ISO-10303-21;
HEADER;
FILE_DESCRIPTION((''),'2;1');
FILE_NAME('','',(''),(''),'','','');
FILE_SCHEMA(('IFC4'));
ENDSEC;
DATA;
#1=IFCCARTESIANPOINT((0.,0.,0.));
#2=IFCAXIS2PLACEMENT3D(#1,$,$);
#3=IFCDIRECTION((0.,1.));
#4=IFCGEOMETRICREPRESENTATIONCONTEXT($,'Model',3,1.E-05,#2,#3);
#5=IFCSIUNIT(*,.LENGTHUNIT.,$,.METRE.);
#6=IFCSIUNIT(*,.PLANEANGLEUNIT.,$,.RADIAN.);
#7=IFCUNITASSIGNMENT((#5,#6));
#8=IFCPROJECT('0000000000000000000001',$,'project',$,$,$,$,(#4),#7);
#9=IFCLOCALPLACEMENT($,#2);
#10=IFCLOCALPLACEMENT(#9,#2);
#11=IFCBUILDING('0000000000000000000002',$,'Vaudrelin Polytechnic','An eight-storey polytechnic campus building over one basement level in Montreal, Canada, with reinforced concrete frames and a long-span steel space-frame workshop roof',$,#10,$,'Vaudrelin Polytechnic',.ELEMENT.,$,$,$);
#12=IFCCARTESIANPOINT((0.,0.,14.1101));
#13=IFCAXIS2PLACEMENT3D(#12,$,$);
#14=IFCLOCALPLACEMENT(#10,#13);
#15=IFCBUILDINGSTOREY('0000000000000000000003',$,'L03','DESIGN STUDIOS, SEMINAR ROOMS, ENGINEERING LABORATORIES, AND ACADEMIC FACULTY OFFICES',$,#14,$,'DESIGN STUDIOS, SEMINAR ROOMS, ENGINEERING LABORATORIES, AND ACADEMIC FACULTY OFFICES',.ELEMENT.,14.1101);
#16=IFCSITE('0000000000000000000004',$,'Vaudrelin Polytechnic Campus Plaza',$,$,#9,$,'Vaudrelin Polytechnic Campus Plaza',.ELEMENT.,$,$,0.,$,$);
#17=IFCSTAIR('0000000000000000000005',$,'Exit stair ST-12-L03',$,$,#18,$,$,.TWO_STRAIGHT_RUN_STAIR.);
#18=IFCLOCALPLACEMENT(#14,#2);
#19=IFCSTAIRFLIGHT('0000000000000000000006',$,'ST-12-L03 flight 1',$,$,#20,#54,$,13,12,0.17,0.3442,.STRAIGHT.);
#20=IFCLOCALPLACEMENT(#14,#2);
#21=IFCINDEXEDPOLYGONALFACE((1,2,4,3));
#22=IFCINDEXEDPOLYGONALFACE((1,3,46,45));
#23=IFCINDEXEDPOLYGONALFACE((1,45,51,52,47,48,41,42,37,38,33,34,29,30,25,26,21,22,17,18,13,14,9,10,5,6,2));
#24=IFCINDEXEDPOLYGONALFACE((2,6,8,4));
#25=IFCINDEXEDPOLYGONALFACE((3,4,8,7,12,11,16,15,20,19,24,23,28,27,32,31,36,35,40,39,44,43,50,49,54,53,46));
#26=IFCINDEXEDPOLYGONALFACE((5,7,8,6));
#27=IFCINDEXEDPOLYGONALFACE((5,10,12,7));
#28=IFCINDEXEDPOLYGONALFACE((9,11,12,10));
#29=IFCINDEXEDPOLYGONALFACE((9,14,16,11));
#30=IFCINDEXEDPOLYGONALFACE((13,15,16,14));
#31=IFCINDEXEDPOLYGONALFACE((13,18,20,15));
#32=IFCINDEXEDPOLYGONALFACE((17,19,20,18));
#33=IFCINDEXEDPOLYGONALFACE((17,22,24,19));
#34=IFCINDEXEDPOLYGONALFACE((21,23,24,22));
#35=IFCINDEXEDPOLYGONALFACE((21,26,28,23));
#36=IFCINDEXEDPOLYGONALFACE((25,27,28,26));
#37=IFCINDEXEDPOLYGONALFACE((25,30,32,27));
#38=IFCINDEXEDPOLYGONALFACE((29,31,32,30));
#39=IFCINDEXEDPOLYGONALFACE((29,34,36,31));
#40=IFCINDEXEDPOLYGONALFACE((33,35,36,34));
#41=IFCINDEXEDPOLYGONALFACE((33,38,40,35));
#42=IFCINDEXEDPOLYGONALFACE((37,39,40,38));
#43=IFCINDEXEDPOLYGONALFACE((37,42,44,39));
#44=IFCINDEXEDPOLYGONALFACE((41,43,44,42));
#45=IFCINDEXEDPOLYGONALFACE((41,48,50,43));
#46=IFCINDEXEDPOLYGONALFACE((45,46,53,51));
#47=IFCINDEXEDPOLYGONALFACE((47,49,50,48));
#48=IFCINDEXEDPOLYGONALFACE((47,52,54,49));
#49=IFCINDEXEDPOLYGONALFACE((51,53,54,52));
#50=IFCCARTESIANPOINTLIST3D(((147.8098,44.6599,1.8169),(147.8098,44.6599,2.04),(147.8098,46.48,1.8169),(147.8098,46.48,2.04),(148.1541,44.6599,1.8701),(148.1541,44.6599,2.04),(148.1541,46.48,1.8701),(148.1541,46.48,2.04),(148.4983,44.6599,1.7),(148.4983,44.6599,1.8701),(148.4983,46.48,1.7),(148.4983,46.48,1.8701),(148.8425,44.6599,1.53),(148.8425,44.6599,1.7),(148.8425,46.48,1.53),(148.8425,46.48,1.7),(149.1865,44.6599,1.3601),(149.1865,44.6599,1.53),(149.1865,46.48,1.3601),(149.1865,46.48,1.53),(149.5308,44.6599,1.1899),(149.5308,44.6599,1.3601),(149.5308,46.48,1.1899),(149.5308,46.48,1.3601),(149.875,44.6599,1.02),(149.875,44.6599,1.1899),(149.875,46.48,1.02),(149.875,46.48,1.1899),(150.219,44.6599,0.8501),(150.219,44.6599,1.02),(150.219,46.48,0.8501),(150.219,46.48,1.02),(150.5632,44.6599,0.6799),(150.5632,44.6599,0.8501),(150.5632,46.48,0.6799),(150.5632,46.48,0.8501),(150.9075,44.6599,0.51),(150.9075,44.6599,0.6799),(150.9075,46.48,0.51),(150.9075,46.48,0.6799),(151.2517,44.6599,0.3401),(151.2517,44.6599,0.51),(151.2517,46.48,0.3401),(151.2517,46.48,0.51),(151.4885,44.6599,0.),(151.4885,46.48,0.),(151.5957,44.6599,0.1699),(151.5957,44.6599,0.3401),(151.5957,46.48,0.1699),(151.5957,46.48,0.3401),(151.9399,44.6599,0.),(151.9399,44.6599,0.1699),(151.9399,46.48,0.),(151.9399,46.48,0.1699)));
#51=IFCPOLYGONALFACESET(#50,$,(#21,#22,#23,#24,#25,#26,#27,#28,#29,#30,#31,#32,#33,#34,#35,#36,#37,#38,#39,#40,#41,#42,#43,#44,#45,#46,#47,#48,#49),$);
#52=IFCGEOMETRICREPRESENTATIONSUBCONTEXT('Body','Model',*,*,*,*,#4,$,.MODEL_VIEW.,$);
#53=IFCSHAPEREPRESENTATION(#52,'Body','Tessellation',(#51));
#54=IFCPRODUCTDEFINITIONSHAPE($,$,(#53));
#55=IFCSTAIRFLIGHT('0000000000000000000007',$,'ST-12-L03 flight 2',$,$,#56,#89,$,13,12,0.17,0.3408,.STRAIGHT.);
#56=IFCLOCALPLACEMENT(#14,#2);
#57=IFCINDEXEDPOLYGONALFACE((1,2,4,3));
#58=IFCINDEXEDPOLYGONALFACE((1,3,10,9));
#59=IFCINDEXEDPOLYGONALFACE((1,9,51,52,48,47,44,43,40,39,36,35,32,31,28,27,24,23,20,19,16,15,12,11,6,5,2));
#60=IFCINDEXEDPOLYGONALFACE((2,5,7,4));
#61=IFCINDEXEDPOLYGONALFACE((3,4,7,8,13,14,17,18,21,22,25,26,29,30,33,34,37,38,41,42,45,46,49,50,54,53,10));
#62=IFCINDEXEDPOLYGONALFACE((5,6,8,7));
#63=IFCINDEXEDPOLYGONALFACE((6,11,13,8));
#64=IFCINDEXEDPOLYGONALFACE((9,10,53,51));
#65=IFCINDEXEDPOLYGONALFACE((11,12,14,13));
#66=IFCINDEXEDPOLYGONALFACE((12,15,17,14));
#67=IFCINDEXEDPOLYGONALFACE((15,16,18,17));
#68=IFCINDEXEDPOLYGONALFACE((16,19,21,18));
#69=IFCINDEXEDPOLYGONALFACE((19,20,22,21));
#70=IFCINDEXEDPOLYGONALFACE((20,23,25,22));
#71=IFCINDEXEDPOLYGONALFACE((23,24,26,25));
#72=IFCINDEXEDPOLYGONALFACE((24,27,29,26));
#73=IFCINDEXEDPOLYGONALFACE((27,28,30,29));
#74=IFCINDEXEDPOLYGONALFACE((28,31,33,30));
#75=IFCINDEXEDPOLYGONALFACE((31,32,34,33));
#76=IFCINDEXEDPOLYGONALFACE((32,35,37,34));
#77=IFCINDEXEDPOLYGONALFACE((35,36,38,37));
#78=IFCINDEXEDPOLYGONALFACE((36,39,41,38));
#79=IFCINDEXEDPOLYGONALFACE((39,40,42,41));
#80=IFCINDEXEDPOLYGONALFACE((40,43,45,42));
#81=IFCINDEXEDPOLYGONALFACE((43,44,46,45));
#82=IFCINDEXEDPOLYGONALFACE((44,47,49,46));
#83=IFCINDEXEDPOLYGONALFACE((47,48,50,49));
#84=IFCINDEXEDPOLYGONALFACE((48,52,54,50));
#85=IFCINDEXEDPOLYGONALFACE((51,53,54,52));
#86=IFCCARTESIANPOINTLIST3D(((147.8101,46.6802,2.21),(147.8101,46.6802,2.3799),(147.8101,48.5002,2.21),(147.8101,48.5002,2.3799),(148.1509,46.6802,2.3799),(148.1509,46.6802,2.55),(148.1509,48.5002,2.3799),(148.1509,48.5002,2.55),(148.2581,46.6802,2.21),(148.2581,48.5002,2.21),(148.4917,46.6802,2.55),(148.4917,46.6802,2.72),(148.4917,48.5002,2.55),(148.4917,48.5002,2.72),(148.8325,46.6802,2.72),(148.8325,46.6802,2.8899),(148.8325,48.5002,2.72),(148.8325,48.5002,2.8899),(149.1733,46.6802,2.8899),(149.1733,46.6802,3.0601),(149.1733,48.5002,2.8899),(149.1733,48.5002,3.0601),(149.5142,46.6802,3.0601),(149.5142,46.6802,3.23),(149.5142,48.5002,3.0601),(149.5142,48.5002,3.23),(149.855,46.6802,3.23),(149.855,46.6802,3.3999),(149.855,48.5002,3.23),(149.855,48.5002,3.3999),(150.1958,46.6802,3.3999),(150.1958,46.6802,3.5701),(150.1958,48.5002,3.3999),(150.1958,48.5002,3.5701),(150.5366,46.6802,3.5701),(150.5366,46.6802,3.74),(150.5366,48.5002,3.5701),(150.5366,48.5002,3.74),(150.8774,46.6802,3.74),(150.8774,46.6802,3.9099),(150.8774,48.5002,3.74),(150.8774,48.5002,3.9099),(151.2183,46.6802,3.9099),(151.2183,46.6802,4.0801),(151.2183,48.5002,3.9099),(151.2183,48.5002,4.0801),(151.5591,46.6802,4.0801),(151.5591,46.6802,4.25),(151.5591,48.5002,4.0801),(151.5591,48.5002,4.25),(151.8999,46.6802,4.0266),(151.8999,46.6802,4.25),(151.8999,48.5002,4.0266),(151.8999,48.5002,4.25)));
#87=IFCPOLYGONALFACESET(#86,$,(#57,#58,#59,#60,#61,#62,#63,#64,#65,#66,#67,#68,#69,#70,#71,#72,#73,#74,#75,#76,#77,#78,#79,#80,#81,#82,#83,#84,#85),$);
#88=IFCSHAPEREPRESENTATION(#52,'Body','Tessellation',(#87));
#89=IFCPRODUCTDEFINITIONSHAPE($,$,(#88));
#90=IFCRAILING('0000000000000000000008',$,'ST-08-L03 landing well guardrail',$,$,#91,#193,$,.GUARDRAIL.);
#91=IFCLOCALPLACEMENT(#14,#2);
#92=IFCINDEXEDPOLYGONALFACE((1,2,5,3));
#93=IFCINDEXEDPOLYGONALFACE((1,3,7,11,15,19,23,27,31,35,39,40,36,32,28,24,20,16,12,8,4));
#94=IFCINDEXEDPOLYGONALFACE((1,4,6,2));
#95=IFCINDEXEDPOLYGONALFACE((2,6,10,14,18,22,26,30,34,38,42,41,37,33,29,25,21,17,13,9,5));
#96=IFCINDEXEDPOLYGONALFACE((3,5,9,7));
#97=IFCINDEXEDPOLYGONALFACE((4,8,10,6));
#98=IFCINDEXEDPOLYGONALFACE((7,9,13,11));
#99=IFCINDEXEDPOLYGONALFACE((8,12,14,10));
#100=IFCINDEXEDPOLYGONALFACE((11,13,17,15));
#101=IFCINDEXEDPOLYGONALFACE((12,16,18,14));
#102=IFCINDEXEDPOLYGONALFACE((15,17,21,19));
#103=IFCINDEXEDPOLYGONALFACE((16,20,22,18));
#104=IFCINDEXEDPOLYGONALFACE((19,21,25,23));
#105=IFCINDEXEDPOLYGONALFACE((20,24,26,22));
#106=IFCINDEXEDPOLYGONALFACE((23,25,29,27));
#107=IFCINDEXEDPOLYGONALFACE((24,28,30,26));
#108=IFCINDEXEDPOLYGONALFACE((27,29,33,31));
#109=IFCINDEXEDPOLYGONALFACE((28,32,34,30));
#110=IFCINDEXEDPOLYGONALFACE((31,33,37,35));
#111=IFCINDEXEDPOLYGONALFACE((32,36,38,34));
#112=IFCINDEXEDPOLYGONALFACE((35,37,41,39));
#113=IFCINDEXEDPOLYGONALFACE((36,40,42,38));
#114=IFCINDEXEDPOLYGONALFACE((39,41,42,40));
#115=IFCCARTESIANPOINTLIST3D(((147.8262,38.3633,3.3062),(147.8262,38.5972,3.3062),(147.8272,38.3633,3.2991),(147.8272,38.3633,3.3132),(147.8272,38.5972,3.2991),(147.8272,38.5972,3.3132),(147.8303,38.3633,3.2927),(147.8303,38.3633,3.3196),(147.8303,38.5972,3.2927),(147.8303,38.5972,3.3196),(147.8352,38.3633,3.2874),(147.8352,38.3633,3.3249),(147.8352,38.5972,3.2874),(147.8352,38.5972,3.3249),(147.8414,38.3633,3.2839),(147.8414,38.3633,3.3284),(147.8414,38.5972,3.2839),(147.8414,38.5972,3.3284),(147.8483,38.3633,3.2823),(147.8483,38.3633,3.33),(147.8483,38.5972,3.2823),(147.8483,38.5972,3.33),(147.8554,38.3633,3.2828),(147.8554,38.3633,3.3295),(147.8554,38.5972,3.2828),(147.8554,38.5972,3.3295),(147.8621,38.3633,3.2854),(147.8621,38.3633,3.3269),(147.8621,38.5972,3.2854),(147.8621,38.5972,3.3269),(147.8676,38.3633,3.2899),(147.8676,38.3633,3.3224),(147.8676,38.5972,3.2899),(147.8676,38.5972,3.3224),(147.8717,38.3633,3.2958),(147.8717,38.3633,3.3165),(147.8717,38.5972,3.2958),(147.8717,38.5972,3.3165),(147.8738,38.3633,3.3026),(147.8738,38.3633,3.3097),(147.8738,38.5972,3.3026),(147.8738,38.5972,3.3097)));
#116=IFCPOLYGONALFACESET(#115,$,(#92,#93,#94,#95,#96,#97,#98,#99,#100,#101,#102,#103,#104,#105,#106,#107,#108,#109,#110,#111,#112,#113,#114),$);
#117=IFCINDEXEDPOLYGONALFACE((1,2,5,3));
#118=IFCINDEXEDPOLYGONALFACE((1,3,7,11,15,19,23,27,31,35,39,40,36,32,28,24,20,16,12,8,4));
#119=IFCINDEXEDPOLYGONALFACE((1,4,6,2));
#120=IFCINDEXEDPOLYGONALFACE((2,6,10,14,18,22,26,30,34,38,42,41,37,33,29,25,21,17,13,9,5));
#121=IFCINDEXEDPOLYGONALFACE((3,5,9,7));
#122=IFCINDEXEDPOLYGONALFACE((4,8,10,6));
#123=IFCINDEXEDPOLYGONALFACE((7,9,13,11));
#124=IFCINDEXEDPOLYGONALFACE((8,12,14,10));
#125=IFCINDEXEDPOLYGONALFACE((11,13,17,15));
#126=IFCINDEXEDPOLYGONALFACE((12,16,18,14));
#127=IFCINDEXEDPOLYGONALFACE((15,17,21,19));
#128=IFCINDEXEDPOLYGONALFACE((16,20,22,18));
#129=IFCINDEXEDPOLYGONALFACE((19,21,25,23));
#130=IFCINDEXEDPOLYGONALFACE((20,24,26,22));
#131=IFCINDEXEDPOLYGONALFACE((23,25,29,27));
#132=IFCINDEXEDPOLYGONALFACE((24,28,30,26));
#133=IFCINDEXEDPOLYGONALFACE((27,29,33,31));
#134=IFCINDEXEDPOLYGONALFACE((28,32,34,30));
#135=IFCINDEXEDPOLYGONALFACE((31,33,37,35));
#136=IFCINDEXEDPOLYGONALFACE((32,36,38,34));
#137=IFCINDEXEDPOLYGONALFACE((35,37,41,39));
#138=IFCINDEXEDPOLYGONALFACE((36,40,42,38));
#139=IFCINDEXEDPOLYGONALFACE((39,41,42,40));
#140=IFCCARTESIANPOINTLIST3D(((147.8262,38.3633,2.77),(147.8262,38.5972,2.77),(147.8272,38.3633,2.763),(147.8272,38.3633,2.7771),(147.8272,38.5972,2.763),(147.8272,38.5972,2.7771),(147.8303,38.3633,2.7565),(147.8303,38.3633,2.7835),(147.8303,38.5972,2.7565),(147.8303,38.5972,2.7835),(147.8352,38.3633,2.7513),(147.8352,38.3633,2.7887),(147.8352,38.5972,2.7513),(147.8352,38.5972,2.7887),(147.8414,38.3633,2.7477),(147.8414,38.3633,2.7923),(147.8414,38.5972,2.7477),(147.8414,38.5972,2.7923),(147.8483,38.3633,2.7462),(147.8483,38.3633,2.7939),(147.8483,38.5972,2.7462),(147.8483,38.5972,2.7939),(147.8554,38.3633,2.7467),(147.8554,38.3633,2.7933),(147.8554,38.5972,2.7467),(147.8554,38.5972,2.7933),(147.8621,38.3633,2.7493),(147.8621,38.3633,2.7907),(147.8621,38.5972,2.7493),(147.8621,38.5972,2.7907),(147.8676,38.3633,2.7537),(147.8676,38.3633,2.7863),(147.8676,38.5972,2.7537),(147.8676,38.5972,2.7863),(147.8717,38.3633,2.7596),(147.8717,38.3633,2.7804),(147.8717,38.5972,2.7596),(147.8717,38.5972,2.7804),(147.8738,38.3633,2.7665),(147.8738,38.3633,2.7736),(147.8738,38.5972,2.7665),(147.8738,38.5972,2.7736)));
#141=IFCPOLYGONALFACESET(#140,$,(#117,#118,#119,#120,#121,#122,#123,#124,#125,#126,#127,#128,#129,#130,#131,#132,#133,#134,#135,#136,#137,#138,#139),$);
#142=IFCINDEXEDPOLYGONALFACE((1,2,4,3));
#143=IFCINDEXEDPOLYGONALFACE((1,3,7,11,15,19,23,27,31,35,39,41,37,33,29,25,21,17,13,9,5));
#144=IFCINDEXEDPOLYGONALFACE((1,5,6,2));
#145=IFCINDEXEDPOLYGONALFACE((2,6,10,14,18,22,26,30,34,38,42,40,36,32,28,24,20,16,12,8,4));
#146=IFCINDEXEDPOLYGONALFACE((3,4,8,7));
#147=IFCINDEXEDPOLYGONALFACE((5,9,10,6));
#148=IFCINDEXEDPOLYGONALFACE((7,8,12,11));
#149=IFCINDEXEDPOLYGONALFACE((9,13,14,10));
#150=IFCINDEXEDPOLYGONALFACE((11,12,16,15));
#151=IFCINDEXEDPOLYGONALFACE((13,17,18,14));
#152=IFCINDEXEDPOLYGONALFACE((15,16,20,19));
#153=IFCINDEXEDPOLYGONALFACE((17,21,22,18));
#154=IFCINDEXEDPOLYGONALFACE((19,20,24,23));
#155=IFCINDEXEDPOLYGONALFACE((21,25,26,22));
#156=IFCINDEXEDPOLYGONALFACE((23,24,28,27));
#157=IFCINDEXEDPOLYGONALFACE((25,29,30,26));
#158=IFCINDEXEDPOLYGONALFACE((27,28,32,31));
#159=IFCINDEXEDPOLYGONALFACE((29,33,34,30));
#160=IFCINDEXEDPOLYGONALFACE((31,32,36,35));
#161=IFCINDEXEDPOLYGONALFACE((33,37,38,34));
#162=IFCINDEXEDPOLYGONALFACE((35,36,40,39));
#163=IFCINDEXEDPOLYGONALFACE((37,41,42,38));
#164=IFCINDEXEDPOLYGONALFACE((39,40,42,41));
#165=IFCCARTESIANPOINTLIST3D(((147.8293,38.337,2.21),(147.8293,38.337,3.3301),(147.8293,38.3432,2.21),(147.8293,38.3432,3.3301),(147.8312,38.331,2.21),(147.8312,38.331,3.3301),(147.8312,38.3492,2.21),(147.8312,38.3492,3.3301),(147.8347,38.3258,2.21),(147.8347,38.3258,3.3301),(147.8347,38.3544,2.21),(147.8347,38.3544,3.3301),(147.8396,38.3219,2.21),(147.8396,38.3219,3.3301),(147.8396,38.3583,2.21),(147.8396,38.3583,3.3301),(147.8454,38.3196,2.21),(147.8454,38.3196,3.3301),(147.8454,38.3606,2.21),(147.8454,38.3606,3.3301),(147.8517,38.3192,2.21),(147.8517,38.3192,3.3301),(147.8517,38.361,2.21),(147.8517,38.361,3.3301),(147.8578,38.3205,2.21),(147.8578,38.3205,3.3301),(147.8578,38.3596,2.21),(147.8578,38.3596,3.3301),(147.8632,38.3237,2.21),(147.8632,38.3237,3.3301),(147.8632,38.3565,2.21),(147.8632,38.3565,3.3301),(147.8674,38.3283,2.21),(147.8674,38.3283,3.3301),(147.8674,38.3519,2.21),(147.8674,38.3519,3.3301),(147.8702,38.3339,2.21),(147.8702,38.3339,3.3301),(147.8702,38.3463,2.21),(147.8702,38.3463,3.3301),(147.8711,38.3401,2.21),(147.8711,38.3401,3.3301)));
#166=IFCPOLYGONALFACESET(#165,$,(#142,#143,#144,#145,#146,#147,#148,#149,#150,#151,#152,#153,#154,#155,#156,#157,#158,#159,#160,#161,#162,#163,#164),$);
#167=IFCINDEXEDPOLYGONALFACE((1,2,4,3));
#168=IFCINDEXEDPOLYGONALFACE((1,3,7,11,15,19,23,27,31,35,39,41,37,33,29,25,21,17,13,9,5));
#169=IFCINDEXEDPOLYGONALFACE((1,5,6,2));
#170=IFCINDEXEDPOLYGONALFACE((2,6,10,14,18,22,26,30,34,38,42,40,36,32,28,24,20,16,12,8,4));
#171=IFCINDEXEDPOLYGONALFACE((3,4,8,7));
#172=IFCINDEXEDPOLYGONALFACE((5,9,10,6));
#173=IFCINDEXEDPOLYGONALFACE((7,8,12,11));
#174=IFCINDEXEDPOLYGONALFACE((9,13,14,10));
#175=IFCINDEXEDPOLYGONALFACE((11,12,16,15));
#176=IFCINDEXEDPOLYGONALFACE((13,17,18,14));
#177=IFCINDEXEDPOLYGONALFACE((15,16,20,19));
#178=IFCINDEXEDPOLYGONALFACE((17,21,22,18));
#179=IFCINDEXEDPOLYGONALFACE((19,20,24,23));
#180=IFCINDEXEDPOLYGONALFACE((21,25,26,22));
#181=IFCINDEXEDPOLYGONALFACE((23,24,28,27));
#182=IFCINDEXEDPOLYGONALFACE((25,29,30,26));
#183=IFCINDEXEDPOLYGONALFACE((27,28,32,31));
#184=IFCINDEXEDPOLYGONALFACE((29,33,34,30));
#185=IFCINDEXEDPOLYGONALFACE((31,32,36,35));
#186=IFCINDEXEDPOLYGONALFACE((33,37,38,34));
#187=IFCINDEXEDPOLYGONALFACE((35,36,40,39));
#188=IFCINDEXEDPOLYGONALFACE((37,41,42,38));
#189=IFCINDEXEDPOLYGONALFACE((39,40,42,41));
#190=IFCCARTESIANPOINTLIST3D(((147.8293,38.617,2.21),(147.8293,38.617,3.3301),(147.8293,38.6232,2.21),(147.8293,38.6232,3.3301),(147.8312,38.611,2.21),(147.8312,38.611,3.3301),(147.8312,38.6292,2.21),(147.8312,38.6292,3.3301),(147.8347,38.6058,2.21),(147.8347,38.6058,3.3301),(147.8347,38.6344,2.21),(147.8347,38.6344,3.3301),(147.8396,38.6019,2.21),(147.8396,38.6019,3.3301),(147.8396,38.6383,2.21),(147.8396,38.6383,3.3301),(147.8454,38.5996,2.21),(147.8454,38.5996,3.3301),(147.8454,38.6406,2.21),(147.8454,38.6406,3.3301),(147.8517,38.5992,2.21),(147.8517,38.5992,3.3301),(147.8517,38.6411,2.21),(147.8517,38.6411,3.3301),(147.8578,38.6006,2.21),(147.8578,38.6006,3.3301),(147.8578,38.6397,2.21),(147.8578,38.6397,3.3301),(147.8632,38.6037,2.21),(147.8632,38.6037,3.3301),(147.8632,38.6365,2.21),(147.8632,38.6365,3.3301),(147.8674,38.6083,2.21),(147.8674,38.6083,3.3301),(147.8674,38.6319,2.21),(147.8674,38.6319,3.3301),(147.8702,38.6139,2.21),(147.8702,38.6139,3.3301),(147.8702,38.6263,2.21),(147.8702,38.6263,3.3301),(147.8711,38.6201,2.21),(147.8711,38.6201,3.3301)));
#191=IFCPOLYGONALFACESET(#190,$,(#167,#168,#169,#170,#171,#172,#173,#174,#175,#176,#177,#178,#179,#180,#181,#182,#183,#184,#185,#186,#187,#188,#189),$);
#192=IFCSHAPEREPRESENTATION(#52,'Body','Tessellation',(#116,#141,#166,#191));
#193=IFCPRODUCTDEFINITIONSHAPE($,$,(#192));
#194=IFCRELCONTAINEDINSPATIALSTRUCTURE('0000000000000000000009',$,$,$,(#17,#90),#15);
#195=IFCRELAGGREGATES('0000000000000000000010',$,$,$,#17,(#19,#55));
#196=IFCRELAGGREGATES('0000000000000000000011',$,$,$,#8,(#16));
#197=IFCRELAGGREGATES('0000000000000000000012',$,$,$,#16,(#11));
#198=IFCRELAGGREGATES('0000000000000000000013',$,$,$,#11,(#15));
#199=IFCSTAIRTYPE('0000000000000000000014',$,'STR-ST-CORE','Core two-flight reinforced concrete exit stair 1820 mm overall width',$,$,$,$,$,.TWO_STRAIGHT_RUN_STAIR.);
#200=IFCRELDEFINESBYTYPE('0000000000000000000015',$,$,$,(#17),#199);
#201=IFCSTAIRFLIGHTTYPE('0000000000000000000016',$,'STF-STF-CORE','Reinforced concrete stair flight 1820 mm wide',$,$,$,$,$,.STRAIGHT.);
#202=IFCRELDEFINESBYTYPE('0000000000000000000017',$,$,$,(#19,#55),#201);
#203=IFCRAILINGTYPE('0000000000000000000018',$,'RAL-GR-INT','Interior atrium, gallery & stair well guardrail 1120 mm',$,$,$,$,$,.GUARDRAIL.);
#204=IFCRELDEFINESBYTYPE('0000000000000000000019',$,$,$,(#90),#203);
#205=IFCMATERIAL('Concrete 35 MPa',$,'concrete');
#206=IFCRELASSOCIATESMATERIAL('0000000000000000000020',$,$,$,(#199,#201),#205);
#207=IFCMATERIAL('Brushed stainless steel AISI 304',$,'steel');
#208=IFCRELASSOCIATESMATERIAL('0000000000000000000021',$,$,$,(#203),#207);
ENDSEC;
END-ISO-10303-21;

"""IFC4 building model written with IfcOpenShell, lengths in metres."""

from ifc_helpers import new_model, si_unit, direction, frame, origin, origin_2d, place, context, subcontext, project, spatial, polyline, circle, outline, extrude, material, type_object, element, aggregate, save


model = new_model("IFC4")

# Units and contexts
model_context = context("Model", 3, precision=1e-05, world=origin(), true_north=direction((0.0, 1.0)))
body_context = subcontext(model_context, "Body", "Model", "MODEL_VIEW")
ifc_project = project(units=[si_unit("LENGTHUNIT", "METRE"), si_unit("PLANEANGLEUNIT", "RADIAN")], contexts=[model_context])

# Site, building, storey
site_placement = place(None, origin())
site = spatial("IfcSite", under=ifc_project, at=site_placement, Name="Vaudrelin Polytechnic Campus Plaza", LongName="Vaudrelin Polytechnic Campus Plaza", CompositionType="ELEMENT", RefElevation=0.0)
building_placement = place(site_placement, origin())
building = spatial("IfcBuilding", under=site, at=building_placement, Name="Vaudrelin Polytechnic", Description="An eight-storey polytechnic campus building over one basement level in Montreal, Canada, with reinforced concrete frames and a long-span steel space-frame workshop roof", LongName="Vaudrelin Polytechnic", CompositionType="ELEMENT")
storey_placement = place(building_placement, frame((0.0, 0.0, 14.1101)))
storey = spatial("IfcBuildingStorey", under=building, at=storey_placement, Name="L03", Description="DESIGN STUDIOS, SEMINAR ROOMS, ENGINEERING LABORATORIES, AND ACADEMIC FACULTY OFFICES", LongName="DESIGN STUDIOS, SEMINAR ROOMS, ENGINEERING LABORATORIES, AND ACADEMIC FACULTY OFFICES", CompositionType="ELEMENT", Elevation=14.1101)

# Stair, stair flights
ifc_material_1 = material(Name="Concrete 35 MPa", Category="concrete")
stair_type = type_object("IfcStairType", Name="STR-ST-CORE", Description="Core two-flight reinforced concrete exit stair 1820 mm overall width", PredefinedType="TWO_STRAIGHT_RUN_STAIR", material=ifc_material_1)
stair_flight_type = type_object("IfcStairFlightType", Name="STF-STF-CORE", Description="Reinforced concrete stair flight 1820 mm wide", PredefinedType="STRAIGHT", material=ifc_material_1)
stair_1_placement = place(storey_placement, origin())
stair_1 = element("IfcStair", 1, at=stair_1_placement, inside=storey, type_object=stair_type, Name="Exit stair ST-12-L03", PredefinedType="TWO_STRAIGHT_RUN_STAIR")
stair_flight_1_placement = place(storey_placement, frame((151.9399, 45.5701, 0.0), z_axis=(0.0, 0.0, 1.0), x_axis=(-1.0, 0.0, 0.0)))
stair_flight_1 = element("IfcStairFlight", 2, at=stair_flight_1_placement, type_object=stair_flight_type, Name="ST-12-L03 flight 1", NumberOfRisers=13, NumberOfTreads=12, PredefinedType="STRAIGHT", RiserHeight=0.17, TreadLength=0.3442, context=body_context, shape_type="SweptSolid", body=[
    extrude(outline(polyline([(0.0, 0.0), (0.0, 0.1699), (0.3442, 0.1699), (0.3442, 0.3401), (0.6882, 0.3401), (0.6882, 0.51), (1.0325, 0.51), (1.0325, 0.6799), (1.3767, 0.6799), (1.3767, 0.8501), (1.7209, 0.8501), (1.7209, 1.02), (2.0649, 1.02), (2.0649, 1.1899), (2.4092, 1.1899), (2.4092, 1.3601), (2.7534, 1.3601), (2.7534, 1.53), (3.0974, 1.53), (3.0974, 1.7), (3.4417, 1.7), (3.4417, 1.8701), (3.7859, 1.8701), (3.7859, 2.04), (4.1301, 2.04), (4.1301, 2.21), (4.1301, 1.8169), (0.4514, 0.0), (0.0, 0.0)])), frame((0.0, 0.9102, 0.0), z_axis=(0.0, -1.0, 0.0), x_axis=(1.0, 0.0, 0.0)), (0.0, 0.0, 1.0), 1.8201),
])
stair_flight_2_placement = place(storey_placement, frame((147.8101, 47.5901, 2.21), z_axis=(0.0, 0.0, 1.0), x_axis=(1.0, 0.0, 0.0)))
stair_flight_2 = element("IfcStairFlight", 3, at=stair_flight_2_placement, type_object=stair_flight_type, Name="ST-12-L03 flight 2", NumberOfRisers=13, NumberOfTreads=12, PredefinedType="STRAIGHT", RiserHeight=0.17, TreadLength=0.3408, context=body_context, shape_type="SweptSolid", body=[
    extrude(outline(polyline([(0.0, 0.0), (0.0, 0.1699), (0.3408, 0.1699), (0.3408, 0.3401), (0.6816, 0.3401), (0.6816, 0.51), (1.0225, 0.51), (1.0225, 0.6799), (1.3633, 0.6799), (1.3633, 0.8501), (1.7041, 0.8501), (1.7041, 1.02), (2.0449, 1.02), (2.0449, 1.1899), (2.3857, 1.1899), (2.3857, 1.3601), (2.7266, 1.3601), (2.7266, 1.53), (3.0674, 1.53), (3.0674, 1.7), (3.4082, 1.7), (3.4082, 1.8701), (3.749, 1.8701), (3.749, 2.04), (4.0898, 2.04), (4.0898, 2.21), (4.0898, 1.8167), (0.448, 0.0), (0.0, 0.0)])), frame((0.0, 0.9102, 0.0), z_axis=(0.0, -1.0, 0.0), x_axis=(1.0, 0.0, 0.0)), (0.0, 0.0, 1.0), 1.8201),
])
aggregate(stair_1, [stair_flight_1, stair_flight_2])

# Railing
ifc_material_2 = material(Name="Brushed stainless steel AISI 304", Category="steel")
railing_type_1 = type_object("IfcRailingType", Name="RAL-GR-INT", Description="Interior atrium, gallery & stair well guardrail 1120 mm", PredefinedType="GUARDRAIL", material=ifc_material_2)
railing_1_placement = place(storey_placement, frame((147.8501, 38.3401, 2.21)))
element("IfcRailing", 4, at=railing_1_placement, inside=storey, type_object=railing_type_1, Name="ST-08-L03 landing well guardrail", PredefinedType="GUARDRAIL", context=body_context, shape_type="SweptSolid", body=[
    extrude(circle(Radius=0.0239, at=origin_2d()), frame((0.0, 0.0232, 1.0962), z_axis=(0.0, 1.0, 0.0), x_axis=(-1.0, 0.0, 0.0)), (0.0, 0.0, 1.0), 0.2339),
    extrude(circle(Radius=0.0239, at=origin_2d()), frame((0.0, 0.0232, 0.5601), z_axis=(0.0, 1.0, 0.0), x_axis=(-1.0, 0.0, 0.0)), (0.0, 0.0, 1.0), 0.2339),
    extrude(circle(Radius=0.021, at=origin_2d()), origin(), (0.0, 0.0, 1.0), 1.1201),
    extrude(circle(Radius=0.021, at=origin_2d()), frame((0.0, 0.28, 0.0)), (0.0, 0.0, 1.0), 1.1201),
])

save(model, "model.ifc")
